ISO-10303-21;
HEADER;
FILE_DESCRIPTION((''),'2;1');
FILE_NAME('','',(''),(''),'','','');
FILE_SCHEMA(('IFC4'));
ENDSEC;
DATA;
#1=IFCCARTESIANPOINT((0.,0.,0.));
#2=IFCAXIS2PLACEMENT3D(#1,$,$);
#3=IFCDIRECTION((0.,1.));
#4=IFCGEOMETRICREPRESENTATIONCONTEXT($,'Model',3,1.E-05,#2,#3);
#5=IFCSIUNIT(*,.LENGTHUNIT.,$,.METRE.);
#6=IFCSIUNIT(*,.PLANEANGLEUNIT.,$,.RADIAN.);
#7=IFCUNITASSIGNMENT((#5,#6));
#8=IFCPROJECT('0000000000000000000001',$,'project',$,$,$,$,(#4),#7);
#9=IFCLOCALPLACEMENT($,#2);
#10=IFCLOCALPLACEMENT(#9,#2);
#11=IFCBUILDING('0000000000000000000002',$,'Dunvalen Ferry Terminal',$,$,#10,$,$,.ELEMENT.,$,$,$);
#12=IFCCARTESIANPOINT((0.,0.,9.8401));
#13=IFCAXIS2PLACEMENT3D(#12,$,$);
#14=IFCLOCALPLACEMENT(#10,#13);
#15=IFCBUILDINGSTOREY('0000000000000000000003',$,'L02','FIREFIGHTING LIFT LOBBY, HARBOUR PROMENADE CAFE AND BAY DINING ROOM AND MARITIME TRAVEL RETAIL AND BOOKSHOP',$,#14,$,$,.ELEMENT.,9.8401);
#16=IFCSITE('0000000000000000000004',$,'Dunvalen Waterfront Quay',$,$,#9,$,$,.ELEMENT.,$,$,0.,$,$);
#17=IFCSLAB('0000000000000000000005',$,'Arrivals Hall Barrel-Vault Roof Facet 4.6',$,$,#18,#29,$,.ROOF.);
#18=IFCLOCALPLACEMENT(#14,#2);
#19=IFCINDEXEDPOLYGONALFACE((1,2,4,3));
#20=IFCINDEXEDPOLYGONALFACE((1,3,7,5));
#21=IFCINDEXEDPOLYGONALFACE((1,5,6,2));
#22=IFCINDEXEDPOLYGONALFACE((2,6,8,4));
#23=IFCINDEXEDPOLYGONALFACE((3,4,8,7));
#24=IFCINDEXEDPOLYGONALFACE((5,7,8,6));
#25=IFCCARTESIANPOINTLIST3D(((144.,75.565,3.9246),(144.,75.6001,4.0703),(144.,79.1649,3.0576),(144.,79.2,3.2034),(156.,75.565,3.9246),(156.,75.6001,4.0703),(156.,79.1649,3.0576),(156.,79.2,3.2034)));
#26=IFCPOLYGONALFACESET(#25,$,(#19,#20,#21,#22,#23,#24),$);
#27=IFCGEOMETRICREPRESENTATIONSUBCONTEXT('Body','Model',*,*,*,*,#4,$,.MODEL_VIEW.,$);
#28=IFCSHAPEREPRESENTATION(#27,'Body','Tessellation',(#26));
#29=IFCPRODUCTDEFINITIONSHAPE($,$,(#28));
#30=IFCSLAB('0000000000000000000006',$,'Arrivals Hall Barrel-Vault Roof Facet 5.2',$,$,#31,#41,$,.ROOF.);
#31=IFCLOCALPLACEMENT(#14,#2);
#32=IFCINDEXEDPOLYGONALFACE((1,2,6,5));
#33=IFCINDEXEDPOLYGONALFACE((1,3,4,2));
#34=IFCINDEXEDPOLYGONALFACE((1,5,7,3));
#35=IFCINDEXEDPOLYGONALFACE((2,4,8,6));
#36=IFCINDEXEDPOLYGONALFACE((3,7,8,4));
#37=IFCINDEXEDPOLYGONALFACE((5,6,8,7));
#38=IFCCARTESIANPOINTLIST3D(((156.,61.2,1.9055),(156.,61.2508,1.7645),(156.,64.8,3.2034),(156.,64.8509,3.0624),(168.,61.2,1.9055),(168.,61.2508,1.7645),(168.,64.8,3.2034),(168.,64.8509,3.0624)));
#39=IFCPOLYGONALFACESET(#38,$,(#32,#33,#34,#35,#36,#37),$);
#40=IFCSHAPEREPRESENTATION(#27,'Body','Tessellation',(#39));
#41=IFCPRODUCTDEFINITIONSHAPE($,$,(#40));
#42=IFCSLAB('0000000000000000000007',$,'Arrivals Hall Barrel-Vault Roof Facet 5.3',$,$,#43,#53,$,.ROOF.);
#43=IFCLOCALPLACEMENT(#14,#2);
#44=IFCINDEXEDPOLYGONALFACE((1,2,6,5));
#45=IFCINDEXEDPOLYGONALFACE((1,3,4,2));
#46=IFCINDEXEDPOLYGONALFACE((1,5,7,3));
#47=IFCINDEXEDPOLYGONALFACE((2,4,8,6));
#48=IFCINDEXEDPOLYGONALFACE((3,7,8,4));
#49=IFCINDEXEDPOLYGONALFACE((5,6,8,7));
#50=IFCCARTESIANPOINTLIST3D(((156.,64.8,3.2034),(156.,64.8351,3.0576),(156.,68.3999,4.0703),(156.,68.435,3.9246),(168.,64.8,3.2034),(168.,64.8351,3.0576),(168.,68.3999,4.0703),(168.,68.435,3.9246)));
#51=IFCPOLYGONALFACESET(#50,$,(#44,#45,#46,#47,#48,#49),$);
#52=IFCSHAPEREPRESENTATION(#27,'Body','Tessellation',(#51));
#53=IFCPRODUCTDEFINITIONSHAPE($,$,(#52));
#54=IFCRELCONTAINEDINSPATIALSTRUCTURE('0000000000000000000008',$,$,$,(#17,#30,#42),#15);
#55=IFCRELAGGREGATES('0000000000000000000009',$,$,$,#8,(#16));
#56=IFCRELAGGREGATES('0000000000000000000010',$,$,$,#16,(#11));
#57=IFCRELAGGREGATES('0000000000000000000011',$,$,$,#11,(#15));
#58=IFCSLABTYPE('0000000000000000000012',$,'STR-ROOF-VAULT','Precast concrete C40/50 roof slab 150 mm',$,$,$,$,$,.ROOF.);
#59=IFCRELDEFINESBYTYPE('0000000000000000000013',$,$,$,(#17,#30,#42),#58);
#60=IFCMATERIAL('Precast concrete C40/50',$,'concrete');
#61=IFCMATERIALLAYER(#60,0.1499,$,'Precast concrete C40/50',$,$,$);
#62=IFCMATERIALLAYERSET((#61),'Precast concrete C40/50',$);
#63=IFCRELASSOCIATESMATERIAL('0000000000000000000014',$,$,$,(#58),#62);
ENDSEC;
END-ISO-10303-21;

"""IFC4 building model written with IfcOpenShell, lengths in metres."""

from ifc_helpers import new_model, si_unit, direction, frame, origin, place, context, subcontext, project, spatial, polyline, outline, extrude, material, layer, layer_set, type_object, element, save


model = new_model("IFC4")

# Units and contexts
model_context = context("Model", 3, precision=1e-05, world=origin(), true_north=direction((0.0, 1.0)))
body_context = subcontext(model_context, "Body", "Model", "MODEL_VIEW")
ifc_project = project(units=[si_unit("LENGTHUNIT", "METRE"), si_unit("PLANEANGLEUNIT", "RADIAN")], contexts=[model_context])

# Site, building, storey
site_placement = place(None, origin())
site = spatial("IfcSite", under=ifc_project, at=site_placement, Name="Dunvalen Waterfront Quay", CompositionType="ELEMENT", RefElevation=0.0)
building_placement = place(site_placement, origin())
building = spatial("IfcBuilding", under=site, at=building_placement, Name="Dunvalen Ferry Terminal", CompositionType="ELEMENT")
storey_placement = place(building_placement, frame((0.0, 0.0, 9.8401)))
storey = spatial("IfcBuildingStorey", under=building, at=storey_placement, Name="L02", Description="FIREFIGHTING LIFT LOBBY, HARBOUR PROMENADE CAFE AND BAY DINING ROOM AND MARITIME TRAVEL RETAIL AND BOOKSHOP", CompositionType="ELEMENT", Elevation=9.8401)

# Slabs
ifc_material_1 = material(Name="Precast concrete C40/50", Category="concrete")
ifc_layer_1 = layer(ifc_material_1, 0.1499, Name="Precast concrete C40/50")
ifc_layer_set_1 = layer_set([ifc_layer_1], Name="Precast concrete C40/50")
slab_type = type_object("IfcSlabType", Name="STR-ROOF-VAULT", Description="Precast concrete C40/50 roof slab 150 mm", PredefinedType="ROOF", material=ifc_layer_set_1)
slab_1_placement = place(storey_placement, frame((144.0, 75.6001, 4.0703), z_axis=(0.0, 0.234133, 0.972204), x_axis=(1.0, 0.0, 0.0)))
element("IfcSlab", 1, at=slab_1_placement, inside=storey, type_object=slab_type, Name="Arrivals Hall Barrel-Vault Roof Facet 4.6", PredefinedType="ROOF", context=body_context, shape_type="SweptSolid", body=[
    extrude(outline(polyline([(0.0, 0.0), (12.0, 0.0), (12.0, 3.7028), (0.0, 3.7028), (0.0, 0.0)])), origin(), (0.0, 0.0, -1.0), 0.1499),
])
slab_2_placement = place(storey_placement, frame((156.0, 61.2, 1.9055), z_axis=(0.0, -0.33914, 0.940736), x_axis=(1.0, 0.0, 0.0)))
element("IfcSlab", 2, at=slab_2_placement, inside=storey, type_object=slab_type, Name="Arrivals Hall Barrel-Vault Roof Facet 5.2", PredefinedType="ROOF", context=body_context, shape_type="SweptSolid", body=[
    extrude(outline(polyline([(0.0, 0.0), (12.0, 0.0), (12.0, 3.8269), (0.0, 3.8269), (0.0, 0.0)])), origin(), (0.0, 0.0, -1.0), 0.1499),
])
slab_3_placement = place(storey_placement, frame((156.0, 64.8, 3.2034), z_axis=(0.0, -0.234133, 0.972204), x_axis=(1.0, 0.0, 0.0)))
element("IfcSlab", 3, at=slab_3_placement, inside=storey, type_object=slab_type, Name="Arrivals Hall Barrel-Vault Roof Facet 5.3", PredefinedType="ROOF", context=body_context, shape_type="SweptSolid", body=[
    extrude(outline(polyline([(0.0, 0.0), (12.0, 0.0), (12.0, 3.7028), (0.0, 3.7028), (0.0, 0.0)])), origin(), (0.0, 0.0, -1.0), 0.1499),
])

save(model, "model.ifc")
